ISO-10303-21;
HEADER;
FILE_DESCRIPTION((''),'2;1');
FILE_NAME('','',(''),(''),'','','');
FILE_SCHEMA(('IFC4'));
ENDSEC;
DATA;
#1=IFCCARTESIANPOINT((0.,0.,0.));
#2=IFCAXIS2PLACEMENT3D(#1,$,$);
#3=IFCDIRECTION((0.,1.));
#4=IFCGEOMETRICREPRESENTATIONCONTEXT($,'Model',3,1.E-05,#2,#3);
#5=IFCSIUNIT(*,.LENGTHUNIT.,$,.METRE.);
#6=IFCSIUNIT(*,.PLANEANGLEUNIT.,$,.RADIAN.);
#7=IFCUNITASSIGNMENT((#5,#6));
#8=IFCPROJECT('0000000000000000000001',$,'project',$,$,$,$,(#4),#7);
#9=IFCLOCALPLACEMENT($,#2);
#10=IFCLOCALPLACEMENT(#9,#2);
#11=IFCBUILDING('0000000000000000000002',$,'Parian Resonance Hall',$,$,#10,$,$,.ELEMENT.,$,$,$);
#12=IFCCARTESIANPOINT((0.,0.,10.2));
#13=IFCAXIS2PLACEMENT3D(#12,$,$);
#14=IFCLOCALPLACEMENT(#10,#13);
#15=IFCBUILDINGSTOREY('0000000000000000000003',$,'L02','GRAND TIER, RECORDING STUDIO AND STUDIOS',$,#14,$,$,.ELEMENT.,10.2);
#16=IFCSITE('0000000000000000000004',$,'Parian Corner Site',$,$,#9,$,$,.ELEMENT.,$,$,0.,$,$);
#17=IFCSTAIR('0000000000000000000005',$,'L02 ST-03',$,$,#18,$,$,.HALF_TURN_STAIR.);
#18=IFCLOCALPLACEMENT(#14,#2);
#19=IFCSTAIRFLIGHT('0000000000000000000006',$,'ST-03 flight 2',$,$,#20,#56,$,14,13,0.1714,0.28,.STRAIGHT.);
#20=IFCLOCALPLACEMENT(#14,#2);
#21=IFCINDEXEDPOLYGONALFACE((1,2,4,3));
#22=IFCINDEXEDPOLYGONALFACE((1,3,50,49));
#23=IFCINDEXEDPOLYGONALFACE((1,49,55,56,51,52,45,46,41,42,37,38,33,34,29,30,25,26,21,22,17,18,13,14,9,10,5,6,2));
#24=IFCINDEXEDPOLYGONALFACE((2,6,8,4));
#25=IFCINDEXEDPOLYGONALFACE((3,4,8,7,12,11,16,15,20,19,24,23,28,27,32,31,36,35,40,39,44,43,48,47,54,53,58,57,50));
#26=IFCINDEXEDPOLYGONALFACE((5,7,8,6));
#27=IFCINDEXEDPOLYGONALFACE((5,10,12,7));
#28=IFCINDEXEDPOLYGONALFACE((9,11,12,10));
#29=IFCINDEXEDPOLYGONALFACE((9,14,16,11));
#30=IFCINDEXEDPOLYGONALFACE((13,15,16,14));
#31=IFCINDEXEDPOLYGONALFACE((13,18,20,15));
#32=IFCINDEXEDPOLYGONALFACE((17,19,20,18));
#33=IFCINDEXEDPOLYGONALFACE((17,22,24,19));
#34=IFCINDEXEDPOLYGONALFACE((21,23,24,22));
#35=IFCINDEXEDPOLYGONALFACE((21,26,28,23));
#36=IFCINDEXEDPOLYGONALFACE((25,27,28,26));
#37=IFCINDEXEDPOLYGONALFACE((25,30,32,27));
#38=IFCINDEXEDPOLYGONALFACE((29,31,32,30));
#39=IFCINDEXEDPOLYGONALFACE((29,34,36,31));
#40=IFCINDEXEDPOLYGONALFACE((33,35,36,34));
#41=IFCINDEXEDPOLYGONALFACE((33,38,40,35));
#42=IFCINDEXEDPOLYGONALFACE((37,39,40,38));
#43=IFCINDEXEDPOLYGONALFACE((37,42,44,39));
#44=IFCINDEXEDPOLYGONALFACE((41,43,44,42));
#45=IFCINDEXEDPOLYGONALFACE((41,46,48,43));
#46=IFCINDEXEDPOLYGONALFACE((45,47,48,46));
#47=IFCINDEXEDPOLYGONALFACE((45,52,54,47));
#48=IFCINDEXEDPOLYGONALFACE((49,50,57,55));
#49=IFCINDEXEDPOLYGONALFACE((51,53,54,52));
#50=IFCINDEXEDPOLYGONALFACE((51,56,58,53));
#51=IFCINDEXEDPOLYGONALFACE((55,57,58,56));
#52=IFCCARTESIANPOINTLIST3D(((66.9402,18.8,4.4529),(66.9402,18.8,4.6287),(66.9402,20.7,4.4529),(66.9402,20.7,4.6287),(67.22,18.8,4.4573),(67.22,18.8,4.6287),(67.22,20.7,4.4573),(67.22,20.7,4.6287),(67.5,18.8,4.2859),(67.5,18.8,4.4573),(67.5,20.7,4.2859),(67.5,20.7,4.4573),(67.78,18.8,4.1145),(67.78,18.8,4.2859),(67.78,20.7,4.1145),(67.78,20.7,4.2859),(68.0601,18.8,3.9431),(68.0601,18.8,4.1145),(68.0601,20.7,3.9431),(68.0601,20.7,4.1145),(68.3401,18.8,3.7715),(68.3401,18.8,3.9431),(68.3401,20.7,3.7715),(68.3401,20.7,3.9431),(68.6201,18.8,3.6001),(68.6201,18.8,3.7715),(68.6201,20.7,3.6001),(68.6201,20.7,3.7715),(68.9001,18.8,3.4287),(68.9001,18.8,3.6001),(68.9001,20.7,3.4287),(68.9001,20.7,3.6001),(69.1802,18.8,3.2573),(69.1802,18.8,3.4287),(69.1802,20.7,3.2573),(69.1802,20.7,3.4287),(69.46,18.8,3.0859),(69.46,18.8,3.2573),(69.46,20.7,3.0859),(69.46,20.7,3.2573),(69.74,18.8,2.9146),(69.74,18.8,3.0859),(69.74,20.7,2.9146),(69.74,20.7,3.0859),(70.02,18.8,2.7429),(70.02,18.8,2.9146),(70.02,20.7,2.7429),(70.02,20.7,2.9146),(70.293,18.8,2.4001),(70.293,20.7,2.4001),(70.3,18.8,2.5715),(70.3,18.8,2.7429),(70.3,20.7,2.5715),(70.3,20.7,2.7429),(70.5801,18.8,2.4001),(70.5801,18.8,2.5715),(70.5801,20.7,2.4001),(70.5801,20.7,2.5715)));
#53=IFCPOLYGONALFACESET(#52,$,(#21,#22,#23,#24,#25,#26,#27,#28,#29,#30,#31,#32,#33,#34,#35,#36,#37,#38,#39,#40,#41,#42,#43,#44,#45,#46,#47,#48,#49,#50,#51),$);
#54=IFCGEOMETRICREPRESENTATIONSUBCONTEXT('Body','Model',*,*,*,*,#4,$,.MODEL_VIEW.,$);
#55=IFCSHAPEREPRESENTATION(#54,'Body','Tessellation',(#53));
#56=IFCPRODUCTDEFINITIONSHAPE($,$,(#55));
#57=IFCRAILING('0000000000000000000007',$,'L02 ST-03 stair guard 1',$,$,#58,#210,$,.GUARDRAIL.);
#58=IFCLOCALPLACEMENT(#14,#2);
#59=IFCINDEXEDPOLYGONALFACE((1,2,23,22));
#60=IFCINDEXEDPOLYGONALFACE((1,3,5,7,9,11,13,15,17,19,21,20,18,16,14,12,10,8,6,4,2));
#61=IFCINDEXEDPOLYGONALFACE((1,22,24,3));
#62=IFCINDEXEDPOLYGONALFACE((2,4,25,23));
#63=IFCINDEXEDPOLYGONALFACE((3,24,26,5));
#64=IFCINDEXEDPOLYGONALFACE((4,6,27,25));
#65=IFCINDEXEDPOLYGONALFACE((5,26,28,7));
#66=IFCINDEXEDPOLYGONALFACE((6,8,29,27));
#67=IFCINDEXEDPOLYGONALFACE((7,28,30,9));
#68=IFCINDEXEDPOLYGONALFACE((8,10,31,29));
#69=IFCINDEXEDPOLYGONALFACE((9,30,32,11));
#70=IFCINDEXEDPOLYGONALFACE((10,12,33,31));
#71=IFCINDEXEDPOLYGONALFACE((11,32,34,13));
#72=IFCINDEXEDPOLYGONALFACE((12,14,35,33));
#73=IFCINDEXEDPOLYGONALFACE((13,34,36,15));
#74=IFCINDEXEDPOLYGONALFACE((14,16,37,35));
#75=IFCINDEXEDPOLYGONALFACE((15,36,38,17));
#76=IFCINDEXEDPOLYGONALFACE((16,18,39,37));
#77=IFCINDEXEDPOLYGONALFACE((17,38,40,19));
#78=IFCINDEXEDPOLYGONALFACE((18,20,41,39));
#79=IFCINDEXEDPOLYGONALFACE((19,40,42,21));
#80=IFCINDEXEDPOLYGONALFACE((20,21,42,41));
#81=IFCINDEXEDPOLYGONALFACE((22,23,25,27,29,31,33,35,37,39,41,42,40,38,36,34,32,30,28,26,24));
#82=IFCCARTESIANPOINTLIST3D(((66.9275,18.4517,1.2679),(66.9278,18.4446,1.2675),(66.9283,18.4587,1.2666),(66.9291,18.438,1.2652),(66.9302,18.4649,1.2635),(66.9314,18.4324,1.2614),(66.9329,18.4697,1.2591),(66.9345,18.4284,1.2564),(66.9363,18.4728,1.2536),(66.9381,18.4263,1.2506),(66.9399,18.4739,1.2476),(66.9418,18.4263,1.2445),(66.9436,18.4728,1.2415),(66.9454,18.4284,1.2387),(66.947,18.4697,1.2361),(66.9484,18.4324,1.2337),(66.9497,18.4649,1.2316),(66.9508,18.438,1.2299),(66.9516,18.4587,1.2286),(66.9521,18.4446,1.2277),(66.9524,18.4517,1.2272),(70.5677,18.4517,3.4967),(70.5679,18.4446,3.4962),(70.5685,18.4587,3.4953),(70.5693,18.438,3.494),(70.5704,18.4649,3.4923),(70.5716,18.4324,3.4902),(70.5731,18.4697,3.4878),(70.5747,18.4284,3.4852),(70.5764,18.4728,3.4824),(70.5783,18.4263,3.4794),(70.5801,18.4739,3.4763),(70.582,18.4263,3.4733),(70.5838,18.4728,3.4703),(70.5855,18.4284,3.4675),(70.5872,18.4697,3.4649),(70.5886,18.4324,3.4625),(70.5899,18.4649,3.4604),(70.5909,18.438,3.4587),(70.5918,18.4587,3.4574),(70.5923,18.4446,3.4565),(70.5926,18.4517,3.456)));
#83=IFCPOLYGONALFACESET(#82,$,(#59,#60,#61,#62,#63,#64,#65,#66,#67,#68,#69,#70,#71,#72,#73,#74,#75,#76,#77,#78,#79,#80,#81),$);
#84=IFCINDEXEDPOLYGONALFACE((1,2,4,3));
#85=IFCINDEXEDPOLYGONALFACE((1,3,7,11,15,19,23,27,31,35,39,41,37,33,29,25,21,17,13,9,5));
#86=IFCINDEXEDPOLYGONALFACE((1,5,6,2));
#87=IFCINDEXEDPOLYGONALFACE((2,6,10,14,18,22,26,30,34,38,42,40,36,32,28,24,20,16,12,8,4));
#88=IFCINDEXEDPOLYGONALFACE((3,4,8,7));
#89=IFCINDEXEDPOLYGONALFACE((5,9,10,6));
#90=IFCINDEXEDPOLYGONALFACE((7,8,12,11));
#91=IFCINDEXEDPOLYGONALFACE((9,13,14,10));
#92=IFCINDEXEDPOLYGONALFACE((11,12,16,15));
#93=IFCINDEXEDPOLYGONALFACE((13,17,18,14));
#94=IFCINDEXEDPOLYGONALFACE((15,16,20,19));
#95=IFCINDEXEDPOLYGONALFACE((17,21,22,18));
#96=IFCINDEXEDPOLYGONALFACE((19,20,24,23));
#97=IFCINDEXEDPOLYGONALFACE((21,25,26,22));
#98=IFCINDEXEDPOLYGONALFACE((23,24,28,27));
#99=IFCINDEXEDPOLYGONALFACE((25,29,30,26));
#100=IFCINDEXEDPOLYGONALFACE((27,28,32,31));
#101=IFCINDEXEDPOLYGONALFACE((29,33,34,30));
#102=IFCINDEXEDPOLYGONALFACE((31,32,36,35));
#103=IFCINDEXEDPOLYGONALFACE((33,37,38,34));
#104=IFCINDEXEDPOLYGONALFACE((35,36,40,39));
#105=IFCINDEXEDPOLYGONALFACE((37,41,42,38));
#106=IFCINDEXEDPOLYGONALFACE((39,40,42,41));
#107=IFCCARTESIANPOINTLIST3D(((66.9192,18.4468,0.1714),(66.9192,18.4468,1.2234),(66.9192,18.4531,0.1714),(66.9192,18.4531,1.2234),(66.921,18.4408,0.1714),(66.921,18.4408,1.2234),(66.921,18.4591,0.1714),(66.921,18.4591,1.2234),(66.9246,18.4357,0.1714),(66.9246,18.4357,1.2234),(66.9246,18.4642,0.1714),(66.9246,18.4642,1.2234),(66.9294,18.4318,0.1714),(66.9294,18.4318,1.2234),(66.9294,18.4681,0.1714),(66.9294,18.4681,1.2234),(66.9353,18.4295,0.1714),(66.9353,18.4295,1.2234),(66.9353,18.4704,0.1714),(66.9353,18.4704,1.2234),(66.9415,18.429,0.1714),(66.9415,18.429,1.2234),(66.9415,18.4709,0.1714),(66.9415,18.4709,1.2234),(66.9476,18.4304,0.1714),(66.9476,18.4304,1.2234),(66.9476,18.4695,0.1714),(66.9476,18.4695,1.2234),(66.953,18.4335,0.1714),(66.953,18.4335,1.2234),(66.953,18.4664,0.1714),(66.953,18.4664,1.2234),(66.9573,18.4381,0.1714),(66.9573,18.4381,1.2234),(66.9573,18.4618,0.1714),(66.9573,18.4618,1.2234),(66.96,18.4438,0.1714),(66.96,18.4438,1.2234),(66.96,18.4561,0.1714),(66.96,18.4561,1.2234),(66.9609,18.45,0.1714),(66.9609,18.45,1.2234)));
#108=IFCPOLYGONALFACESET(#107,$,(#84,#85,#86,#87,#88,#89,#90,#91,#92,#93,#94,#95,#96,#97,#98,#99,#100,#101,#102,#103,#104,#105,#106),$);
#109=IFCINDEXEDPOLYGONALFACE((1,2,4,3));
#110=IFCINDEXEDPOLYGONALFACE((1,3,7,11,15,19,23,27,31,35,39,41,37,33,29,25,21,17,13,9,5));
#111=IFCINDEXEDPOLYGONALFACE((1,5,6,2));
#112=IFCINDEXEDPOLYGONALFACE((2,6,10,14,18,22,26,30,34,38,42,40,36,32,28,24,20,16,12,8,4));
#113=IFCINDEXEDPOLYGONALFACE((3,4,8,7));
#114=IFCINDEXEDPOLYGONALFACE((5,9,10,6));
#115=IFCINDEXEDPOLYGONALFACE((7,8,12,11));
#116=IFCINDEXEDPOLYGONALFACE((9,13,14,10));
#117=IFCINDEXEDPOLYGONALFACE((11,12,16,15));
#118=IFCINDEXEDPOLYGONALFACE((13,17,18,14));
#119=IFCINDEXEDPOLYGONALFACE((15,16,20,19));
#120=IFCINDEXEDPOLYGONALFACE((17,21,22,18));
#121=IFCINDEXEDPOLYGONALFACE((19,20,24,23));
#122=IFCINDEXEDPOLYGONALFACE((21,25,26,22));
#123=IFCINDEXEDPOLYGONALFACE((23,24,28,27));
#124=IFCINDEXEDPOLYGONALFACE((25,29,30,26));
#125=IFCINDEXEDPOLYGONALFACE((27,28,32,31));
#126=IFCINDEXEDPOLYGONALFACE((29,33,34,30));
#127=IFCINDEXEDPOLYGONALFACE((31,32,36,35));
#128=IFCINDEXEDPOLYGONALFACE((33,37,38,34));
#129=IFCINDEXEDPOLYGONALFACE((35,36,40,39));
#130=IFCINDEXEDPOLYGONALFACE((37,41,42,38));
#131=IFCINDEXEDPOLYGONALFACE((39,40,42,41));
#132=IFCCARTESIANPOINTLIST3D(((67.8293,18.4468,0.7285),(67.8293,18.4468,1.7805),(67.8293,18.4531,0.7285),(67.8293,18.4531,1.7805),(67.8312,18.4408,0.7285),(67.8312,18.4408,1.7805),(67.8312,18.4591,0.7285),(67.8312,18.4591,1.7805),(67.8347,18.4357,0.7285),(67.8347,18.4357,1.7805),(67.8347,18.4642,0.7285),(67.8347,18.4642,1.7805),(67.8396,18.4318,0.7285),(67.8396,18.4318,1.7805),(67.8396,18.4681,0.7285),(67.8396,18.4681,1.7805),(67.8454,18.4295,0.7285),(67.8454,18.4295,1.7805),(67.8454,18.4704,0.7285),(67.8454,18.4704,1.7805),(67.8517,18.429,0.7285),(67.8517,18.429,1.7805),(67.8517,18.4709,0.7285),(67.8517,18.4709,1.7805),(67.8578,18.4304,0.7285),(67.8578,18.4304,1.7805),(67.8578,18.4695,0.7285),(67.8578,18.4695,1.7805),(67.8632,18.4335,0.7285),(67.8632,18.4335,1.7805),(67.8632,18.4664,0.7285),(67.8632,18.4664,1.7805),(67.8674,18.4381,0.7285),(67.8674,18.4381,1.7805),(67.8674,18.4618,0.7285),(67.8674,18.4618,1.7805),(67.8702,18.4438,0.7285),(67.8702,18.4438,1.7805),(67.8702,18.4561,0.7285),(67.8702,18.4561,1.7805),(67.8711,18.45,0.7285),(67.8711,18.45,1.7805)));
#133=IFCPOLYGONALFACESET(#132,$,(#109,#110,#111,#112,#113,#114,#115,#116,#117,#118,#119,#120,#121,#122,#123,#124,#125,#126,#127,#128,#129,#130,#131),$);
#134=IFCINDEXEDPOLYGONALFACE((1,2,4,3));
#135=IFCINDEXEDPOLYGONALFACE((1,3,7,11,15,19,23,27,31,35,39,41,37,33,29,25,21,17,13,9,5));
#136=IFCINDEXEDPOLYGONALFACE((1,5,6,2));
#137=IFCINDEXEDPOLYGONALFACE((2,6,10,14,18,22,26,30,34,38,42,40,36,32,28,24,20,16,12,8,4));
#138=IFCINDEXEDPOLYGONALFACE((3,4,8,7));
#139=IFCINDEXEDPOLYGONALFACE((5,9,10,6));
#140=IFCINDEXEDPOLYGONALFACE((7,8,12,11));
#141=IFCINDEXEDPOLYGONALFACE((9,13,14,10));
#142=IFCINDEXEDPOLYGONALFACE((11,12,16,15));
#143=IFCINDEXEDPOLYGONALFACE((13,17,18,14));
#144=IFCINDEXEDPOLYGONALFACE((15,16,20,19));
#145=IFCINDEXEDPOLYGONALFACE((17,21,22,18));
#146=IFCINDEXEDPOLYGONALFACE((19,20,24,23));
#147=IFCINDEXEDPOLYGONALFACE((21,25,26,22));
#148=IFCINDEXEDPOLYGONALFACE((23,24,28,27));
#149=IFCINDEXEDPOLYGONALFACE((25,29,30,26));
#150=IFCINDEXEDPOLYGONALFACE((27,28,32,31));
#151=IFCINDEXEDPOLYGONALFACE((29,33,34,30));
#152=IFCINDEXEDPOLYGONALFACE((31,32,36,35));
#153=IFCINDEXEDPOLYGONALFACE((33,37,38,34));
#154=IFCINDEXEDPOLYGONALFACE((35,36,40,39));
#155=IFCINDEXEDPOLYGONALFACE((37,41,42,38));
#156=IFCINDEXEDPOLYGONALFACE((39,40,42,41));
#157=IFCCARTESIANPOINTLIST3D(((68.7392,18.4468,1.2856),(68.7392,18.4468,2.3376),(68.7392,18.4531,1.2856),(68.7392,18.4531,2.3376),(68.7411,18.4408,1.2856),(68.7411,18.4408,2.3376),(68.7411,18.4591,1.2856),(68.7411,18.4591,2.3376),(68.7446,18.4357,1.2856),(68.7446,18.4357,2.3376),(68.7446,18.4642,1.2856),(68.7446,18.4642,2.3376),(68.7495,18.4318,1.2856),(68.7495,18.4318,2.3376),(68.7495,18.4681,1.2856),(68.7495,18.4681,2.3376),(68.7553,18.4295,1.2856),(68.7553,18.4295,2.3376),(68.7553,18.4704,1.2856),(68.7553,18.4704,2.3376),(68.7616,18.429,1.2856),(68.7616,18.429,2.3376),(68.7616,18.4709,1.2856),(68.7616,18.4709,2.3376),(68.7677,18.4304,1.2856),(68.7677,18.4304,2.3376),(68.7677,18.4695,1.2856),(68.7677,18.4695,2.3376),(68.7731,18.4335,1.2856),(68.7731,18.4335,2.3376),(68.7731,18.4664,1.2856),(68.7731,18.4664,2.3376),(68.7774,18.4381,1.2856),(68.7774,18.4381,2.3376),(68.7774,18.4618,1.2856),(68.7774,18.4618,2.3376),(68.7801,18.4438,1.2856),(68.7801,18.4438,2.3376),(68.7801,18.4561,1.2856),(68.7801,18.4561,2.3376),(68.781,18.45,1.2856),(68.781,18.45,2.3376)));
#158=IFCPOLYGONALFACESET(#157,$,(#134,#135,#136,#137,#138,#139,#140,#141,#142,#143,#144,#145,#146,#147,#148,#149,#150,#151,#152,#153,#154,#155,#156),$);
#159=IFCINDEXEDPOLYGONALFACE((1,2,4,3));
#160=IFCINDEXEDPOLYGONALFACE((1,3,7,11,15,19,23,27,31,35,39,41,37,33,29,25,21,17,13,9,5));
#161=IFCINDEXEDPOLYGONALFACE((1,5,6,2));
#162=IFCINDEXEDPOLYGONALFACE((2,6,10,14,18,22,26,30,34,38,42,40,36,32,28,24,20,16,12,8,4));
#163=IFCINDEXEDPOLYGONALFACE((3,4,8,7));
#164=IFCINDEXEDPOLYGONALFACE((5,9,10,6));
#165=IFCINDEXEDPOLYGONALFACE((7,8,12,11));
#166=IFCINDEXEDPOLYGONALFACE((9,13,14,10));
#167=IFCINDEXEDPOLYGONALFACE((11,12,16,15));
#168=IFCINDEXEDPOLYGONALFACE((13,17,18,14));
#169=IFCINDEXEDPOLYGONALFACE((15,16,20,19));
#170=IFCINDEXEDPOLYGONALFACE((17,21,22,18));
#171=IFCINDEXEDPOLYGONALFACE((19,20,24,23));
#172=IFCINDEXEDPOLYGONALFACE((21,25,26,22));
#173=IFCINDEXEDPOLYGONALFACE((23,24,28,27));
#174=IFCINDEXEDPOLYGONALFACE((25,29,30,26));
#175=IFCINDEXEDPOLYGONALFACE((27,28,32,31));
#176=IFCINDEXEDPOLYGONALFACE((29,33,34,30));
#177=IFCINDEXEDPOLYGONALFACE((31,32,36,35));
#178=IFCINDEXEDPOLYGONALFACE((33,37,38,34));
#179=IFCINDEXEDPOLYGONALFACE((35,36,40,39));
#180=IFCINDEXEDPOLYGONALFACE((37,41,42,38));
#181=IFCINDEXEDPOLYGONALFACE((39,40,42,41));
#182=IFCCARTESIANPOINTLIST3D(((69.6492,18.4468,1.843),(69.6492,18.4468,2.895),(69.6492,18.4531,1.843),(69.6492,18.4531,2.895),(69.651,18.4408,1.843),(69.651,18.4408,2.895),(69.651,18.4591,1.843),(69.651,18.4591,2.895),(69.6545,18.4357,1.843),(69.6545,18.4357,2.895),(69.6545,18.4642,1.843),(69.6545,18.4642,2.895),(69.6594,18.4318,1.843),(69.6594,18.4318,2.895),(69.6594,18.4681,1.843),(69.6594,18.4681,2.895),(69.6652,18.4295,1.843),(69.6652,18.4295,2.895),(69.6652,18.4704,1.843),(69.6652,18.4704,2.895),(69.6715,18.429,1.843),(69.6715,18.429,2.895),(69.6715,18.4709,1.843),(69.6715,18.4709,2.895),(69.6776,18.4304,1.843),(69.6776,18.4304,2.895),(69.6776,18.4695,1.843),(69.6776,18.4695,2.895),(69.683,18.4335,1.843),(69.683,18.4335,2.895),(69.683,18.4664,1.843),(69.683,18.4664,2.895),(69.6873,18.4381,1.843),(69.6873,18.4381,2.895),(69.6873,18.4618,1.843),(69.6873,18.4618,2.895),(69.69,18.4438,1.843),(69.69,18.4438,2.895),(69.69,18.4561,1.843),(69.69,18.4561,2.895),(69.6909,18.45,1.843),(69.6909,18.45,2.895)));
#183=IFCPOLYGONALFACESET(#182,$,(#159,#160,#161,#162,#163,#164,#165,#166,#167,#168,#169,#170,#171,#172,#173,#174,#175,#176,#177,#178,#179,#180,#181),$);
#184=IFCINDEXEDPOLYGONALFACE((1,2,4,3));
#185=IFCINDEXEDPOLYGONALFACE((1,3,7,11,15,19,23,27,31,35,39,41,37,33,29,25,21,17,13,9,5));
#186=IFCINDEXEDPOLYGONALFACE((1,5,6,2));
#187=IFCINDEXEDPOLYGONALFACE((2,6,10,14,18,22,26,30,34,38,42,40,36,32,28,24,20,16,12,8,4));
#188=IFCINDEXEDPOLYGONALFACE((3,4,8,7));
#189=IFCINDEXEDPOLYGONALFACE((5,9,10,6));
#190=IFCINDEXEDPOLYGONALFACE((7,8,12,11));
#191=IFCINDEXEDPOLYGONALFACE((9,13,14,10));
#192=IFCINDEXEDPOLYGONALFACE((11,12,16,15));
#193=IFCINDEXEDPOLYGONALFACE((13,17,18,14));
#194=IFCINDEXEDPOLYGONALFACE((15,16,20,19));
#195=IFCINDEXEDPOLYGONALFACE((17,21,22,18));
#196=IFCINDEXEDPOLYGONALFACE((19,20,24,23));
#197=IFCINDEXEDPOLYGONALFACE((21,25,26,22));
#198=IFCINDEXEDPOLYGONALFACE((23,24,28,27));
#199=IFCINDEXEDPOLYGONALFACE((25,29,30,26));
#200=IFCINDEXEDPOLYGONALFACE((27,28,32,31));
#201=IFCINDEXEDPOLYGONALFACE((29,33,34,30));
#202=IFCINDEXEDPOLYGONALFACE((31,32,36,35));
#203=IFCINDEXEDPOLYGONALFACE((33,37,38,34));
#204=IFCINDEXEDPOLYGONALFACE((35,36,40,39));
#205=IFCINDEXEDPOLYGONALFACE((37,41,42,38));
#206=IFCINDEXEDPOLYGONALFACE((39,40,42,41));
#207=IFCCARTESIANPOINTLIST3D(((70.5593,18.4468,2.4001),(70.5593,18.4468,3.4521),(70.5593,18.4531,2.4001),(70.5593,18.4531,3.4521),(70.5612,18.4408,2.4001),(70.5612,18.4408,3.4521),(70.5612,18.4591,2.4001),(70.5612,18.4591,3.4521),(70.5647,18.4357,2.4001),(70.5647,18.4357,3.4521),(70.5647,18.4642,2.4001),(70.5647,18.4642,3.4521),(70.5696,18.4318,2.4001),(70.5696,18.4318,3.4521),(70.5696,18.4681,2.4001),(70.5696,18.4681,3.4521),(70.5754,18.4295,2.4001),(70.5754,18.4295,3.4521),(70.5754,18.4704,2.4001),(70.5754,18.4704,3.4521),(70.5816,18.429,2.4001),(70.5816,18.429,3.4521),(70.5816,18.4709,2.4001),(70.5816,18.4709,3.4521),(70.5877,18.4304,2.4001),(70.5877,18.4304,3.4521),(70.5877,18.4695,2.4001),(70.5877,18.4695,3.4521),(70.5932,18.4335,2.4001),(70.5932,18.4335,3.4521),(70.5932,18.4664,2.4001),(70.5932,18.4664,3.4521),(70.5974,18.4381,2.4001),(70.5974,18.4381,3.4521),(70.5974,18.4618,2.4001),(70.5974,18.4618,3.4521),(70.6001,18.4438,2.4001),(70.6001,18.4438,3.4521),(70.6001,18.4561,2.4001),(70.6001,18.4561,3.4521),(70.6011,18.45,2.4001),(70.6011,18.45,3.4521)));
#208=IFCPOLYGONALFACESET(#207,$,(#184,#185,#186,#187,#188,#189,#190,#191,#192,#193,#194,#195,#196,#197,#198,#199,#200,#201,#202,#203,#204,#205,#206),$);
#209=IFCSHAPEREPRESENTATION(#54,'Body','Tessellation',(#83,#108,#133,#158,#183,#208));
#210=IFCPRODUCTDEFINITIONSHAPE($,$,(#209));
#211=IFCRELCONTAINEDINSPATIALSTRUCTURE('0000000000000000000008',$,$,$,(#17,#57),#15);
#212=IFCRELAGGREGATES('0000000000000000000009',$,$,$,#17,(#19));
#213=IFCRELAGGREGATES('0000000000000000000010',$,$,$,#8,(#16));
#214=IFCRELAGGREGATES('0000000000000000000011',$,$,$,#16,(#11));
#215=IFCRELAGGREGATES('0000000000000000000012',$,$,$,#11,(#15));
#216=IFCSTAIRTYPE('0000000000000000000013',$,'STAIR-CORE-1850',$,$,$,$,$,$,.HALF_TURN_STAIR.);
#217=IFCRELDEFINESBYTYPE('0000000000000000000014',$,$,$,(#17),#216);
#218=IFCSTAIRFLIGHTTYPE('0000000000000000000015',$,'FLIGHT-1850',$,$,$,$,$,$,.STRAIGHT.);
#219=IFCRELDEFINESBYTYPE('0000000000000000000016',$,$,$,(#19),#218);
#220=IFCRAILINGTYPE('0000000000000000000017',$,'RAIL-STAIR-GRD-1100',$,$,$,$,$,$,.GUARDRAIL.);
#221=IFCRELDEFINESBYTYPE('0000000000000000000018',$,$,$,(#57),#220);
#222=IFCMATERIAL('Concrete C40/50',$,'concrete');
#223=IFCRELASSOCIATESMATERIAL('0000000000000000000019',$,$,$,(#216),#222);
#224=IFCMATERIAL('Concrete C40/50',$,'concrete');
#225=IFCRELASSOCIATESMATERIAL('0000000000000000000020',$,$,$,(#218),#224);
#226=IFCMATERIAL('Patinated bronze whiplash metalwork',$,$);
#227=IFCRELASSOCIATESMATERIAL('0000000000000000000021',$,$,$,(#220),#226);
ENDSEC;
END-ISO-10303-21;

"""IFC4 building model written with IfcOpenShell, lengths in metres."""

from ifc_helpers import new_model, si_unit, direction, frame, origin, origin_2d, place, context, subcontext, project, spatial, polyline, circle, outline, extrude, material, type_object, element, aggregate, save


model = new_model("IFC4")

# Units and contexts
model_context = context("Model", 3, precision=1e-05, world=origin(), true_north=direction((0.0, 1.0)))
body_context = subcontext(model_context, "Body", "Model", "MODEL_VIEW")
ifc_project = project(units=[si_unit("LENGTHUNIT", "METRE"), si_unit("PLANEANGLEUNIT", "RADIAN")], contexts=[model_context])

# Site, building, storey
site_placement = place(None, origin())
site = spatial("IfcSite", under=ifc_project, at=site_placement, Name="Parian Corner Site", CompositionType="ELEMENT", RefElevation=0.0)
building_placement = place(site_placement, origin())
building = spatial("IfcBuilding", under=site, at=building_placement, Name="Parian Resonance Hall", CompositionType="ELEMENT")
storey_placement = place(building_placement, frame((0.0, 0.0, 10.2)))
storey = spatial("IfcBuildingStorey", under=building, at=storey_placement, Name="L02", Description="GRAND TIER, RECORDING STUDIO AND STUDIOS", CompositionType="ELEMENT", Elevation=10.2)

# Stair, stair flight
ifc_material_1 = material(Name="Concrete C40/50", Category="concrete")
stair_type = type_object("IfcStairType", Name="STAIR-CORE-1850", PredefinedType="HALF_TURN_STAIR", material=ifc_material_1)
stair_placement = place(storey_placement, origin())
stair = element("IfcStair", 1, at=stair_placement, inside=storey, type_object=stair_type, Name="L02 ST-03", PredefinedType="HALF_TURN_STAIR")
ifc_material_2 = material(Name="Concrete C40/50", Category="concrete")
stair_flight_type = type_object("IfcStairFlightType", Name="FLIGHT-1850", PredefinedType="STRAIGHT", material=ifc_material_2)
stair_flight_1_placement = place(storey_placement, frame((70.5801, 19.75, 2.4001), z_axis=(0.0, 0.0, 1.0), x_axis=(-1.0, 0.0, 0.0)))
stair_flight_1 = element("IfcStairFlight", 2, at=stair_flight_1_placement, type_object=stair_flight_type, Name="ST-03 flight 2", NumberOfRisers=14, NumberOfTreads=13, PredefinedType="STRAIGHT", RiserHeight=0.1714, TreadLength=0.28, context=body_context, shape_type="SweptSolid", body=[
    extrude(outline(polyline([(0.0, 0.0), (0.0, 0.1714), (0.28, 0.1714), (0.28, 0.3428), (0.5601, 0.3428), (0.5601, 0.5144), (0.8401, 0.5144), (0.8401, 0.6858), (1.1201, 0.6858), (1.1201, 0.8572), (1.3999, 0.8572), (1.3999, 1.0286), (1.6799, 1.0286), (1.6799, 1.2), (1.96, 1.2), (1.96, 1.3713), (2.24, 1.3713), (2.24, 1.543), (2.52, 1.543), (2.52, 1.7144), (2.8, 1.7144), (2.8, 1.8857), (3.0801, 1.8857), (3.0801, 2.0571), (3.3601, 2.0571), (3.3601, 2.2285), (3.6399, 2.2285), (3.6399, 2.3999), (3.6399, 2.0527), (0.2871, 0.0), (0.0, 0.0)])), frame((0.0, 0.95, 0.0), z_axis=(0.0, -1.0, 0.0), x_axis=(1.0, 0.0, 0.0)), (0.0, 0.0, 1.0), 1.8999),
])
aggregate(stair, [stair_flight_1])

# Railing
ifc_material_3 = material(Name="Patinated bronze whiplash metalwork")
railing_type_1 = type_object("IfcRailingType", Name="RAIL-STAIR-GRD-1100", PredefinedType="GUARDRAIL", material=ifc_material_3)
railing_1_placement = place(storey_placement, frame((66.9399, 18.45, 0.1714)))
element("IfcRailing", 3, at=railing_1_placement, inside=storey, type_object=railing_type_1, Name="L02 ST-03 stair guard 1", PredefinedType="GUARDRAIL", context=body_context, shape_type="SweptSolid", body=[
    extrude(circle(Radius=0.0239, at=origin_2d()), frame((0.0, 0.0, 1.0762), z_axis=(0.85284, 0.0, 0.522172), x_axis=(0.0, 1.0, 0.0)), (0.0, 0.0, 1.0), 4.2683),
    extrude(circle(Radius=0.021, at=origin_2d()), origin(), (0.0, 0.0, 1.0), 1.052),
    extrude(circle(Radius=0.021, at=origin_2d()), frame((0.9102, 0.0, 0.5571)), (0.0, 0.0, 1.0), 1.052),
    extrude(circle(Radius=0.021, at=origin_2d()), frame((1.8201, 0.0, 1.1143)), (0.0, 0.0, 1.0), 1.052),
    extrude(circle(Radius=0.021, at=origin_2d()), frame((2.73, 0.0, 1.6716)), (0.0, 0.0, 1.0), 1.052),
    extrude(circle(Radius=0.021, at=origin_2d()), frame((3.6401, 0.0, 2.2288)), (0.0, 0.0, 1.0), 1.052),
])

save(model, "model.ifc")
